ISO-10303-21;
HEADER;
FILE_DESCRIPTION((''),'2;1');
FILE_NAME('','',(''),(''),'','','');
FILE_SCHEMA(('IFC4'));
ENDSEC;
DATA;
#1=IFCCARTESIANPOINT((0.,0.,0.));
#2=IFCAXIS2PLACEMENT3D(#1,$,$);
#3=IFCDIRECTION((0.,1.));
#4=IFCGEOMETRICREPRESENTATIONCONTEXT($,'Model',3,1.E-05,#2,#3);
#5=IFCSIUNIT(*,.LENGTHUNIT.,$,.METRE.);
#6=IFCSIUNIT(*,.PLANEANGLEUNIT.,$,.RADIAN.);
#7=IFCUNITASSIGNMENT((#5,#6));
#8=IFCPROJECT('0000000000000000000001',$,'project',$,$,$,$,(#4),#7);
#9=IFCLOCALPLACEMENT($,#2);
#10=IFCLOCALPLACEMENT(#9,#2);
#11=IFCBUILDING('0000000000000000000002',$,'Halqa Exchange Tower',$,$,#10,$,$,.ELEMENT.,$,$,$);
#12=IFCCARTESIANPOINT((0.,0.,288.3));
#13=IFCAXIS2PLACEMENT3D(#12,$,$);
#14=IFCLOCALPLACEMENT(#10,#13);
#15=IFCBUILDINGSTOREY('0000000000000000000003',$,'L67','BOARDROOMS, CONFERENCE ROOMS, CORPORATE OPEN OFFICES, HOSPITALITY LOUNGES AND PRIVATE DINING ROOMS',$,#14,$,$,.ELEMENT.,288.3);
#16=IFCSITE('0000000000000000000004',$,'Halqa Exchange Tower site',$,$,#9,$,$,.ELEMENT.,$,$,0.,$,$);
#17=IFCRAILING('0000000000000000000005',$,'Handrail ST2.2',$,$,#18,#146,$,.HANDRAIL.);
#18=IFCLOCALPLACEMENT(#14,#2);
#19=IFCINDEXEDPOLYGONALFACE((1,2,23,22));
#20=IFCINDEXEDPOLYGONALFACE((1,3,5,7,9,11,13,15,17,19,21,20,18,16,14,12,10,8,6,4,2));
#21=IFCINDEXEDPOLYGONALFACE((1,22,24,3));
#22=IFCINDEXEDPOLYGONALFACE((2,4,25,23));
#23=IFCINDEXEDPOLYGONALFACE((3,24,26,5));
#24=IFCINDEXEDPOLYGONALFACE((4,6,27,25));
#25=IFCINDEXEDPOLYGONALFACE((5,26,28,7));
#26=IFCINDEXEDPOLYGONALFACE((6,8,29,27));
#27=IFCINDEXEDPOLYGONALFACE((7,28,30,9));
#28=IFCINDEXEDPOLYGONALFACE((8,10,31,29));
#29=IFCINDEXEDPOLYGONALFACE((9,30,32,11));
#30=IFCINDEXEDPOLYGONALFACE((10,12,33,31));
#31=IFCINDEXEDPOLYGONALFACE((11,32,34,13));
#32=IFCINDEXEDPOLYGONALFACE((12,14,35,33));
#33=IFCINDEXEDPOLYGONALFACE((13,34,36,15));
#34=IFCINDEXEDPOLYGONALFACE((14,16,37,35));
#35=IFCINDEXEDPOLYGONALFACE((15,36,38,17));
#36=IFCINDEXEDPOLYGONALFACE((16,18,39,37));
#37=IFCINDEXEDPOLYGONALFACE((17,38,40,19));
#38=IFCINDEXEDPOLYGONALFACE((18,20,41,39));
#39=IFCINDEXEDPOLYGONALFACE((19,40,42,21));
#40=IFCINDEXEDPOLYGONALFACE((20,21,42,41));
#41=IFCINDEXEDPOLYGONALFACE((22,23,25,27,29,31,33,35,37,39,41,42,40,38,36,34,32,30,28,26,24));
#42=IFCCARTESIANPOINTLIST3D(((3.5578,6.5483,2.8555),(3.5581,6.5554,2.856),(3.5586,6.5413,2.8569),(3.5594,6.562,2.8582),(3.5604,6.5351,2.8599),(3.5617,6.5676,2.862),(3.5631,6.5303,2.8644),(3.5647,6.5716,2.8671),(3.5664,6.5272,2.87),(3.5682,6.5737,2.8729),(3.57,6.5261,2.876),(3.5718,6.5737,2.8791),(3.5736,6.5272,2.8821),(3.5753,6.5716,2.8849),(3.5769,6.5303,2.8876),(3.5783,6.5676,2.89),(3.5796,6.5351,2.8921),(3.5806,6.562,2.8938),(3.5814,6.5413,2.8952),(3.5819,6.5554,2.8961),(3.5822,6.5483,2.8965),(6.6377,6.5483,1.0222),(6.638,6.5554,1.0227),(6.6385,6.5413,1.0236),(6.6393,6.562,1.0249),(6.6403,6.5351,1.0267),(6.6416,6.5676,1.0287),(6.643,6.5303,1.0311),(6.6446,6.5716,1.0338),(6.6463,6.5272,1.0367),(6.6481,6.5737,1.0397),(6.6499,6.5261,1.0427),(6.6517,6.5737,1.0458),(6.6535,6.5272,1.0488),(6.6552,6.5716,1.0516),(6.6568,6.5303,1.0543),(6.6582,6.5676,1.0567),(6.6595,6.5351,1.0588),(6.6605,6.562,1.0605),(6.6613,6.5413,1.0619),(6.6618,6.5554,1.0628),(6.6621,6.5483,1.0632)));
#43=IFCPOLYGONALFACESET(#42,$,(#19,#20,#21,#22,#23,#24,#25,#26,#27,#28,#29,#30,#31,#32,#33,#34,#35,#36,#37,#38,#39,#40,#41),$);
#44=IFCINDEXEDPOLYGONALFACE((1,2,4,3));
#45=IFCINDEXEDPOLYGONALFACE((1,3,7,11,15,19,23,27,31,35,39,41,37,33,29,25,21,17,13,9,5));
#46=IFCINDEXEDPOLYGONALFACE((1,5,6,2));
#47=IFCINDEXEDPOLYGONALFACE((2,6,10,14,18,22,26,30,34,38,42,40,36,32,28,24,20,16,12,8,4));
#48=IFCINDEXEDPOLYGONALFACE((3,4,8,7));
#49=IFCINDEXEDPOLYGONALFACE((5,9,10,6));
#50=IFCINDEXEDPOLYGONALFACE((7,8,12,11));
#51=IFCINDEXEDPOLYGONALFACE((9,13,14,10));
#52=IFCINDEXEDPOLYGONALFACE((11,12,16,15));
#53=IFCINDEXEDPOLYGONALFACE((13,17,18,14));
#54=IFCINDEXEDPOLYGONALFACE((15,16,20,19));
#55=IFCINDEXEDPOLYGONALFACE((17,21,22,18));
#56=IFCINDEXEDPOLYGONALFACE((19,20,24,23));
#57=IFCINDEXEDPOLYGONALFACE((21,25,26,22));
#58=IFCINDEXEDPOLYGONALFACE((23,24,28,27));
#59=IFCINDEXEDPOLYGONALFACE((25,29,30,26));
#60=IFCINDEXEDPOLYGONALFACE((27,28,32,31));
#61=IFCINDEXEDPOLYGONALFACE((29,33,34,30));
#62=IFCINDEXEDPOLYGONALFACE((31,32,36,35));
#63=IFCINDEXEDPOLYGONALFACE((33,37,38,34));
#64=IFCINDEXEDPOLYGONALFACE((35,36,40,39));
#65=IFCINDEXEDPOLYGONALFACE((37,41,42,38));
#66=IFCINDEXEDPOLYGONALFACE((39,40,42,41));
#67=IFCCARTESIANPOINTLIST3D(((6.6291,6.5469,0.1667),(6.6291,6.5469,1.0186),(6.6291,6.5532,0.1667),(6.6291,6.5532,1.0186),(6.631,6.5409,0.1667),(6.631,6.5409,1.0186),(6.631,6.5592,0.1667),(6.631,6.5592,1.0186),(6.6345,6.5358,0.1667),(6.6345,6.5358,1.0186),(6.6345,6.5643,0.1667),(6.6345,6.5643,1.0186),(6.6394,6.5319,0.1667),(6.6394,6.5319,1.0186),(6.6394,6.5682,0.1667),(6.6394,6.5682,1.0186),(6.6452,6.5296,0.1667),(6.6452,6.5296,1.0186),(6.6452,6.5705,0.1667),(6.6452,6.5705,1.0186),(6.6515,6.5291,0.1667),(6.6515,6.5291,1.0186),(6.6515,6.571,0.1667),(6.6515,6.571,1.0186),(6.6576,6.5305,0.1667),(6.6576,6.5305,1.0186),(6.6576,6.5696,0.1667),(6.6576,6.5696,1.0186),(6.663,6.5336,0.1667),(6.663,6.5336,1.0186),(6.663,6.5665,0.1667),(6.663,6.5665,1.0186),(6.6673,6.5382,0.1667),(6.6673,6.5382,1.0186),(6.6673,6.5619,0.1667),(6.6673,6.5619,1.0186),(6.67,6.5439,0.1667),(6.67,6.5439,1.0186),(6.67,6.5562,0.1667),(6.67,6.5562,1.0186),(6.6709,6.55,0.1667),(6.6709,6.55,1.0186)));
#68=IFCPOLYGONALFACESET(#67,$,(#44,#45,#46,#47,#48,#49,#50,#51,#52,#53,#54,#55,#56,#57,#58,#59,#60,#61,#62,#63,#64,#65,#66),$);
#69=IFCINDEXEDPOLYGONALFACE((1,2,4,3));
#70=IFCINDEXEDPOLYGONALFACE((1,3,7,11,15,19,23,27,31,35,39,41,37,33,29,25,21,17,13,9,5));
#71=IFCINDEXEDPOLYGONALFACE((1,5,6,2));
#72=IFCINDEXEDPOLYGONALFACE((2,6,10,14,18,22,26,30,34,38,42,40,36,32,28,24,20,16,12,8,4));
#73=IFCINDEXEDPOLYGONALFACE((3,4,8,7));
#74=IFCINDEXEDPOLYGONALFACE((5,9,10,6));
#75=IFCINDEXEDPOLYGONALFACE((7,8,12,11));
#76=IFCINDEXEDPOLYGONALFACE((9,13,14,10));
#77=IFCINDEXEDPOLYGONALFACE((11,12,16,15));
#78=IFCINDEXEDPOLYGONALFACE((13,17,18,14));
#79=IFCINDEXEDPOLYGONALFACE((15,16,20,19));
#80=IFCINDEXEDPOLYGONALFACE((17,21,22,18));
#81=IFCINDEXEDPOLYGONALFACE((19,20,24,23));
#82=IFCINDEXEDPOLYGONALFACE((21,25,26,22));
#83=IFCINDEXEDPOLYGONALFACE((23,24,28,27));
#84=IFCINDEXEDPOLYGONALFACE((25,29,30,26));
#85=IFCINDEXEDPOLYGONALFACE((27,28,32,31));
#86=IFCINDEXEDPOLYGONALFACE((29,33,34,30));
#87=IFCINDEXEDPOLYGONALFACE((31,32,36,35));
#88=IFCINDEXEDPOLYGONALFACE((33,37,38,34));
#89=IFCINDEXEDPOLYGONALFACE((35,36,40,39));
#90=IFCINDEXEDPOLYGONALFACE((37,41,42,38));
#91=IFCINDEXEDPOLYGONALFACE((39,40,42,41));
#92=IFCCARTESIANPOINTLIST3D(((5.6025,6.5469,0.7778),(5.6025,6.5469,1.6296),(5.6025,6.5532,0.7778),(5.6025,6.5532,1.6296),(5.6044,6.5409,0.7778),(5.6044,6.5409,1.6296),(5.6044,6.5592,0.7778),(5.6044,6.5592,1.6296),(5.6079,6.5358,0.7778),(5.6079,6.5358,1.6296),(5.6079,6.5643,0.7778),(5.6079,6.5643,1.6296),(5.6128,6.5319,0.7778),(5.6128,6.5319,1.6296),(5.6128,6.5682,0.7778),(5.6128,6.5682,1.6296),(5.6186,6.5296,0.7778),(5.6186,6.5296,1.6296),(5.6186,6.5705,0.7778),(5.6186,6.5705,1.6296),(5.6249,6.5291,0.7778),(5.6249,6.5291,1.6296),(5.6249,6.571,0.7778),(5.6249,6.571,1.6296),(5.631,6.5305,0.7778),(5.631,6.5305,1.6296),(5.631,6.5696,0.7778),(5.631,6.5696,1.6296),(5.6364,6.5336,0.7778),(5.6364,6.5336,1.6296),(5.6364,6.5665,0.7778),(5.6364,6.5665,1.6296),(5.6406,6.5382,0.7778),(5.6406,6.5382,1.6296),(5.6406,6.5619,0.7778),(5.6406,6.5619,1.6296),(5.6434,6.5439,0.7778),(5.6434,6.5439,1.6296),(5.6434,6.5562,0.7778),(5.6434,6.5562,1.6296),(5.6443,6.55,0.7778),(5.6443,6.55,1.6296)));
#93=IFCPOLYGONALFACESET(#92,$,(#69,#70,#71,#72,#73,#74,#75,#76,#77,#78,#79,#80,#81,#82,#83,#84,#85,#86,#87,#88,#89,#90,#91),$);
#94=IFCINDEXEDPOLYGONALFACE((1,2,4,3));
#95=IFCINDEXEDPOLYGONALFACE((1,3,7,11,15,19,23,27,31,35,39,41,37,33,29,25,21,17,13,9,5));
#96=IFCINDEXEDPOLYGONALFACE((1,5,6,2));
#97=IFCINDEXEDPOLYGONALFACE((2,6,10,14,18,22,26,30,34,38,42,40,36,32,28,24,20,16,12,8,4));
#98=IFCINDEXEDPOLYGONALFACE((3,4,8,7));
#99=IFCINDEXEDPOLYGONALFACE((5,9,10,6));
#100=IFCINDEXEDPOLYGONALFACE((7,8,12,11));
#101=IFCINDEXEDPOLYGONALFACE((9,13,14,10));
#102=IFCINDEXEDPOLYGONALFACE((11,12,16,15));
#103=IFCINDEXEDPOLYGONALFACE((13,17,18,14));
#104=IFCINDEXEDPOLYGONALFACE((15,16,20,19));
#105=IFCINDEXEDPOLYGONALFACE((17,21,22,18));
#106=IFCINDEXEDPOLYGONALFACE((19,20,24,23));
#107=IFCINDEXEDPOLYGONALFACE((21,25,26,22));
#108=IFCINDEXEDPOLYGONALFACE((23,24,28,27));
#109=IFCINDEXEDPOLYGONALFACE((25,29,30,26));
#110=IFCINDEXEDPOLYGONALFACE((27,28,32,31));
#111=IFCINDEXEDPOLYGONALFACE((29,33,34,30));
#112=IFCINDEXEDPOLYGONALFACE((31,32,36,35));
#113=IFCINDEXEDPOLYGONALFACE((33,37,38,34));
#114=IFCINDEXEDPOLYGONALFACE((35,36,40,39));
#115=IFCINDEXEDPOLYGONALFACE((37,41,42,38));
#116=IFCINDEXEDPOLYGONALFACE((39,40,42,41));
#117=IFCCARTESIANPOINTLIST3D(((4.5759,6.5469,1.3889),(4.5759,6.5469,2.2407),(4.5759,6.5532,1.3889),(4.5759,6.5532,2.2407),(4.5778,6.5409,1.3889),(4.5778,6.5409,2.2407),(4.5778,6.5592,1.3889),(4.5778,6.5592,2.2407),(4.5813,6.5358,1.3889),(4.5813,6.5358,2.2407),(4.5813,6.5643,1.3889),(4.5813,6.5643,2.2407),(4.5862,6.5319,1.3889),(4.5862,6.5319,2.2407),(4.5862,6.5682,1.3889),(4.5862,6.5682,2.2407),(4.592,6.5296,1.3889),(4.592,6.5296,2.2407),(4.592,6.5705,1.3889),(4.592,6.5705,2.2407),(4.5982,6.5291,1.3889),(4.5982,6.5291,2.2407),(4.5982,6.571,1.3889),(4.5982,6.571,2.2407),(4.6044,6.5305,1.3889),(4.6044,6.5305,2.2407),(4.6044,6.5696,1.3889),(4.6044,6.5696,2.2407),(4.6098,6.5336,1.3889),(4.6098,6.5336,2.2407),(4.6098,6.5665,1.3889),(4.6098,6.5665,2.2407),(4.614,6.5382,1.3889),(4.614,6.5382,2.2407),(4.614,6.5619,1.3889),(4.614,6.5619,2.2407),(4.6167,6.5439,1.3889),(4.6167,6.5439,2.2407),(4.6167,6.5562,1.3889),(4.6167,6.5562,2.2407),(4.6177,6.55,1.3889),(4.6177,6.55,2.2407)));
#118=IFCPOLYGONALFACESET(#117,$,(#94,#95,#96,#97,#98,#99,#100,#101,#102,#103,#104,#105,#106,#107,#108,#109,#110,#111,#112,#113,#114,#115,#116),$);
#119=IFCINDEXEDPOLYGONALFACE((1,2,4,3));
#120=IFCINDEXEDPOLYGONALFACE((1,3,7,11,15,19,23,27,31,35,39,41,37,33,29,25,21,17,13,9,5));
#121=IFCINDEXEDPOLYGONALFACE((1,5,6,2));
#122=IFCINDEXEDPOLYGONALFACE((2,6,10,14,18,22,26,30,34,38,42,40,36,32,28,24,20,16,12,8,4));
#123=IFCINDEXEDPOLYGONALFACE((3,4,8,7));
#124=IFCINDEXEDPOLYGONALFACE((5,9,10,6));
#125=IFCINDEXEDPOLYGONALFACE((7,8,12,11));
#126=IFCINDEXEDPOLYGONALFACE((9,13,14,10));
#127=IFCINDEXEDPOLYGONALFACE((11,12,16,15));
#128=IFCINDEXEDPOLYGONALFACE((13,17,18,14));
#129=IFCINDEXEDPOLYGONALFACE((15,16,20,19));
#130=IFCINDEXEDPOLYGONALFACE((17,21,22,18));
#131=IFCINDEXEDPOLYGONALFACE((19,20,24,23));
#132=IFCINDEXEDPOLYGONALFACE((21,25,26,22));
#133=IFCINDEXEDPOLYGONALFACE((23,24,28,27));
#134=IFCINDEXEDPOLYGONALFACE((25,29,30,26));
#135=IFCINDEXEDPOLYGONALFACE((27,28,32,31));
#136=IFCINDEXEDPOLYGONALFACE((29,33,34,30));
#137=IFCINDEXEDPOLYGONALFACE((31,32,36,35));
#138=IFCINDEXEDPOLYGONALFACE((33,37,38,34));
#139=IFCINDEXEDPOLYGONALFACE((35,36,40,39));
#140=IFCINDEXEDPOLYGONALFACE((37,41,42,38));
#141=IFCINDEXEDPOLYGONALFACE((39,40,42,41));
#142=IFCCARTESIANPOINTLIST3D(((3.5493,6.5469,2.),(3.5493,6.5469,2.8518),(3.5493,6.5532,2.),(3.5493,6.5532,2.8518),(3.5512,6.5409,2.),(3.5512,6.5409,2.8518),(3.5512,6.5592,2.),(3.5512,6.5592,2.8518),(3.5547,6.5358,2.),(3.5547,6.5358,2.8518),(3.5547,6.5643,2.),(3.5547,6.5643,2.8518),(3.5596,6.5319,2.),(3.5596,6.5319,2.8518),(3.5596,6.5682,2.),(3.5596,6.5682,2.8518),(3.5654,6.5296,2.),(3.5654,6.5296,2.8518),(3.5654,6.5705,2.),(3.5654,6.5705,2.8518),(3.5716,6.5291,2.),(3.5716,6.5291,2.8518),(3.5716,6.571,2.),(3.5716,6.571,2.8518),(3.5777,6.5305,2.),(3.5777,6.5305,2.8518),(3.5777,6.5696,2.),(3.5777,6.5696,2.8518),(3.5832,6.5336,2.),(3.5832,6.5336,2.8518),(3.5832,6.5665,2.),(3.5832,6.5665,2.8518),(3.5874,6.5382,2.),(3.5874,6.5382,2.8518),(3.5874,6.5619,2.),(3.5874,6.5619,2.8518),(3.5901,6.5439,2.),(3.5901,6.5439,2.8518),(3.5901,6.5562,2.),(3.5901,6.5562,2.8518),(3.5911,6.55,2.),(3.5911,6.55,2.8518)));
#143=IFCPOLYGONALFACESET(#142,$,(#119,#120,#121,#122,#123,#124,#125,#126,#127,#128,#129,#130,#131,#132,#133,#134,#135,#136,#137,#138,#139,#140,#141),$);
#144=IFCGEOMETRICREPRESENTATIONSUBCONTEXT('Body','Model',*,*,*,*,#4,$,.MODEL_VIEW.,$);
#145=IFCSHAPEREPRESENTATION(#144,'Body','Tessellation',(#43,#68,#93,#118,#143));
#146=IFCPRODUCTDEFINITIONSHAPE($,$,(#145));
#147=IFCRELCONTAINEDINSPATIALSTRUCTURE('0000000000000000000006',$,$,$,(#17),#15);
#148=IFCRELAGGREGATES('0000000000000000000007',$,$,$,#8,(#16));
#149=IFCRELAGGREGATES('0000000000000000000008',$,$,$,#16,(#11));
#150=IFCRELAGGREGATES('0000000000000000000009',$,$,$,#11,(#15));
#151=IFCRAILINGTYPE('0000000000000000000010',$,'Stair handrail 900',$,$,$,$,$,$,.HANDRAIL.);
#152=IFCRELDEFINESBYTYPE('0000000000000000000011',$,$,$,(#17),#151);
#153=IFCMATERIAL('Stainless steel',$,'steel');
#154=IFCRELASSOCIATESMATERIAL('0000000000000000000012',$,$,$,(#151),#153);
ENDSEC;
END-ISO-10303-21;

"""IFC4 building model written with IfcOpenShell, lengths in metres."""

from ifc_helpers import new_model, si_unit, direction, frame, origin, origin_2d, place, context, subcontext, project, spatial, circle, extrude, material, type_object, element, save


model = new_model("IFC4")

# Units and contexts
model_context = context("Model", 3, precision=1e-05, world=origin(), true_north=direction((0.0, 1.0)))
body_context = subcontext(model_context, "Body", "Model", "MODEL_VIEW")
ifc_project = project(units=[si_unit("LENGTHUNIT", "METRE"), si_unit("PLANEANGLEUNIT", "RADIAN")], contexts=[model_context])

# Site, building, storey
site_placement = place(None, origin())
site = spatial("IfcSite", under=ifc_project, at=site_placement, Name="Halqa Exchange Tower site", CompositionType="ELEMENT", RefElevation=0.0)
building_placement = place(site_placement, origin())
building = spatial("IfcBuilding", under=site, at=building_placement, Name="Halqa Exchange Tower", CompositionType="ELEMENT")
storey_placement = place(building_placement, frame((0.0, 0.0, 288.3)))
storey = spatial("IfcBuildingStorey", under=building, at=storey_placement, Name="L67", Description="BOARDROOMS, CONFERENCE ROOMS, CORPORATE OPEN OFFICES, HOSPITALITY LOUNGES AND PRIVATE DINING ROOMS", CompositionType="ELEMENT", Elevation=288.3)

# Railing
ifc_material_1 = material(Name="Stainless steel", Category="steel")
railing_type_1 = type_object("IfcRailingType", Name="Stair handrail 900", PredefinedType="HANDRAIL", material=ifc_material_1)
railing_1_placement = place(storey_placement, frame((6.6499, 6.55, 0.1667)))
element("IfcRailing", 1, at=railing_1_placement, inside=storey, type_object=railing_type_1, Name="Handrail ST2.2", PredefinedType="HANDRAIL", context=body_context, shape_type="SweptSolid", body=[
    extrude(circle(Radius=0.0239, at=origin_2d()), frame((0.0, 0.0, 0.876), z_axis=(-0.859291, 0.0, 0.511487), x_axis=(0.0, -1.0, 0.0)), (0.0, 0.0, 1.0), 3.5842),
    extrude(circle(Radius=0.021, at=origin_2d()), origin(), (0.0, 0.0, 1.0), 0.8518),
    extrude(circle(Radius=0.021, at=origin_2d()), frame((-1.0266, 0.0, 0.6111)), (0.0, 0.0, 1.0), 0.8518),
    extrude(circle(Radius=0.021, at=origin_2d()), frame((-2.0532, 0.0, 1.2222)), (0.0, 0.0, 1.0), 0.8518),
    extrude(circle(Radius=0.021, at=origin_2d()), frame((-3.0798, 0.0, 1.8333)), (0.0, 0.0, 1.0), 0.8518),
])

save(model, "model.ifc")
